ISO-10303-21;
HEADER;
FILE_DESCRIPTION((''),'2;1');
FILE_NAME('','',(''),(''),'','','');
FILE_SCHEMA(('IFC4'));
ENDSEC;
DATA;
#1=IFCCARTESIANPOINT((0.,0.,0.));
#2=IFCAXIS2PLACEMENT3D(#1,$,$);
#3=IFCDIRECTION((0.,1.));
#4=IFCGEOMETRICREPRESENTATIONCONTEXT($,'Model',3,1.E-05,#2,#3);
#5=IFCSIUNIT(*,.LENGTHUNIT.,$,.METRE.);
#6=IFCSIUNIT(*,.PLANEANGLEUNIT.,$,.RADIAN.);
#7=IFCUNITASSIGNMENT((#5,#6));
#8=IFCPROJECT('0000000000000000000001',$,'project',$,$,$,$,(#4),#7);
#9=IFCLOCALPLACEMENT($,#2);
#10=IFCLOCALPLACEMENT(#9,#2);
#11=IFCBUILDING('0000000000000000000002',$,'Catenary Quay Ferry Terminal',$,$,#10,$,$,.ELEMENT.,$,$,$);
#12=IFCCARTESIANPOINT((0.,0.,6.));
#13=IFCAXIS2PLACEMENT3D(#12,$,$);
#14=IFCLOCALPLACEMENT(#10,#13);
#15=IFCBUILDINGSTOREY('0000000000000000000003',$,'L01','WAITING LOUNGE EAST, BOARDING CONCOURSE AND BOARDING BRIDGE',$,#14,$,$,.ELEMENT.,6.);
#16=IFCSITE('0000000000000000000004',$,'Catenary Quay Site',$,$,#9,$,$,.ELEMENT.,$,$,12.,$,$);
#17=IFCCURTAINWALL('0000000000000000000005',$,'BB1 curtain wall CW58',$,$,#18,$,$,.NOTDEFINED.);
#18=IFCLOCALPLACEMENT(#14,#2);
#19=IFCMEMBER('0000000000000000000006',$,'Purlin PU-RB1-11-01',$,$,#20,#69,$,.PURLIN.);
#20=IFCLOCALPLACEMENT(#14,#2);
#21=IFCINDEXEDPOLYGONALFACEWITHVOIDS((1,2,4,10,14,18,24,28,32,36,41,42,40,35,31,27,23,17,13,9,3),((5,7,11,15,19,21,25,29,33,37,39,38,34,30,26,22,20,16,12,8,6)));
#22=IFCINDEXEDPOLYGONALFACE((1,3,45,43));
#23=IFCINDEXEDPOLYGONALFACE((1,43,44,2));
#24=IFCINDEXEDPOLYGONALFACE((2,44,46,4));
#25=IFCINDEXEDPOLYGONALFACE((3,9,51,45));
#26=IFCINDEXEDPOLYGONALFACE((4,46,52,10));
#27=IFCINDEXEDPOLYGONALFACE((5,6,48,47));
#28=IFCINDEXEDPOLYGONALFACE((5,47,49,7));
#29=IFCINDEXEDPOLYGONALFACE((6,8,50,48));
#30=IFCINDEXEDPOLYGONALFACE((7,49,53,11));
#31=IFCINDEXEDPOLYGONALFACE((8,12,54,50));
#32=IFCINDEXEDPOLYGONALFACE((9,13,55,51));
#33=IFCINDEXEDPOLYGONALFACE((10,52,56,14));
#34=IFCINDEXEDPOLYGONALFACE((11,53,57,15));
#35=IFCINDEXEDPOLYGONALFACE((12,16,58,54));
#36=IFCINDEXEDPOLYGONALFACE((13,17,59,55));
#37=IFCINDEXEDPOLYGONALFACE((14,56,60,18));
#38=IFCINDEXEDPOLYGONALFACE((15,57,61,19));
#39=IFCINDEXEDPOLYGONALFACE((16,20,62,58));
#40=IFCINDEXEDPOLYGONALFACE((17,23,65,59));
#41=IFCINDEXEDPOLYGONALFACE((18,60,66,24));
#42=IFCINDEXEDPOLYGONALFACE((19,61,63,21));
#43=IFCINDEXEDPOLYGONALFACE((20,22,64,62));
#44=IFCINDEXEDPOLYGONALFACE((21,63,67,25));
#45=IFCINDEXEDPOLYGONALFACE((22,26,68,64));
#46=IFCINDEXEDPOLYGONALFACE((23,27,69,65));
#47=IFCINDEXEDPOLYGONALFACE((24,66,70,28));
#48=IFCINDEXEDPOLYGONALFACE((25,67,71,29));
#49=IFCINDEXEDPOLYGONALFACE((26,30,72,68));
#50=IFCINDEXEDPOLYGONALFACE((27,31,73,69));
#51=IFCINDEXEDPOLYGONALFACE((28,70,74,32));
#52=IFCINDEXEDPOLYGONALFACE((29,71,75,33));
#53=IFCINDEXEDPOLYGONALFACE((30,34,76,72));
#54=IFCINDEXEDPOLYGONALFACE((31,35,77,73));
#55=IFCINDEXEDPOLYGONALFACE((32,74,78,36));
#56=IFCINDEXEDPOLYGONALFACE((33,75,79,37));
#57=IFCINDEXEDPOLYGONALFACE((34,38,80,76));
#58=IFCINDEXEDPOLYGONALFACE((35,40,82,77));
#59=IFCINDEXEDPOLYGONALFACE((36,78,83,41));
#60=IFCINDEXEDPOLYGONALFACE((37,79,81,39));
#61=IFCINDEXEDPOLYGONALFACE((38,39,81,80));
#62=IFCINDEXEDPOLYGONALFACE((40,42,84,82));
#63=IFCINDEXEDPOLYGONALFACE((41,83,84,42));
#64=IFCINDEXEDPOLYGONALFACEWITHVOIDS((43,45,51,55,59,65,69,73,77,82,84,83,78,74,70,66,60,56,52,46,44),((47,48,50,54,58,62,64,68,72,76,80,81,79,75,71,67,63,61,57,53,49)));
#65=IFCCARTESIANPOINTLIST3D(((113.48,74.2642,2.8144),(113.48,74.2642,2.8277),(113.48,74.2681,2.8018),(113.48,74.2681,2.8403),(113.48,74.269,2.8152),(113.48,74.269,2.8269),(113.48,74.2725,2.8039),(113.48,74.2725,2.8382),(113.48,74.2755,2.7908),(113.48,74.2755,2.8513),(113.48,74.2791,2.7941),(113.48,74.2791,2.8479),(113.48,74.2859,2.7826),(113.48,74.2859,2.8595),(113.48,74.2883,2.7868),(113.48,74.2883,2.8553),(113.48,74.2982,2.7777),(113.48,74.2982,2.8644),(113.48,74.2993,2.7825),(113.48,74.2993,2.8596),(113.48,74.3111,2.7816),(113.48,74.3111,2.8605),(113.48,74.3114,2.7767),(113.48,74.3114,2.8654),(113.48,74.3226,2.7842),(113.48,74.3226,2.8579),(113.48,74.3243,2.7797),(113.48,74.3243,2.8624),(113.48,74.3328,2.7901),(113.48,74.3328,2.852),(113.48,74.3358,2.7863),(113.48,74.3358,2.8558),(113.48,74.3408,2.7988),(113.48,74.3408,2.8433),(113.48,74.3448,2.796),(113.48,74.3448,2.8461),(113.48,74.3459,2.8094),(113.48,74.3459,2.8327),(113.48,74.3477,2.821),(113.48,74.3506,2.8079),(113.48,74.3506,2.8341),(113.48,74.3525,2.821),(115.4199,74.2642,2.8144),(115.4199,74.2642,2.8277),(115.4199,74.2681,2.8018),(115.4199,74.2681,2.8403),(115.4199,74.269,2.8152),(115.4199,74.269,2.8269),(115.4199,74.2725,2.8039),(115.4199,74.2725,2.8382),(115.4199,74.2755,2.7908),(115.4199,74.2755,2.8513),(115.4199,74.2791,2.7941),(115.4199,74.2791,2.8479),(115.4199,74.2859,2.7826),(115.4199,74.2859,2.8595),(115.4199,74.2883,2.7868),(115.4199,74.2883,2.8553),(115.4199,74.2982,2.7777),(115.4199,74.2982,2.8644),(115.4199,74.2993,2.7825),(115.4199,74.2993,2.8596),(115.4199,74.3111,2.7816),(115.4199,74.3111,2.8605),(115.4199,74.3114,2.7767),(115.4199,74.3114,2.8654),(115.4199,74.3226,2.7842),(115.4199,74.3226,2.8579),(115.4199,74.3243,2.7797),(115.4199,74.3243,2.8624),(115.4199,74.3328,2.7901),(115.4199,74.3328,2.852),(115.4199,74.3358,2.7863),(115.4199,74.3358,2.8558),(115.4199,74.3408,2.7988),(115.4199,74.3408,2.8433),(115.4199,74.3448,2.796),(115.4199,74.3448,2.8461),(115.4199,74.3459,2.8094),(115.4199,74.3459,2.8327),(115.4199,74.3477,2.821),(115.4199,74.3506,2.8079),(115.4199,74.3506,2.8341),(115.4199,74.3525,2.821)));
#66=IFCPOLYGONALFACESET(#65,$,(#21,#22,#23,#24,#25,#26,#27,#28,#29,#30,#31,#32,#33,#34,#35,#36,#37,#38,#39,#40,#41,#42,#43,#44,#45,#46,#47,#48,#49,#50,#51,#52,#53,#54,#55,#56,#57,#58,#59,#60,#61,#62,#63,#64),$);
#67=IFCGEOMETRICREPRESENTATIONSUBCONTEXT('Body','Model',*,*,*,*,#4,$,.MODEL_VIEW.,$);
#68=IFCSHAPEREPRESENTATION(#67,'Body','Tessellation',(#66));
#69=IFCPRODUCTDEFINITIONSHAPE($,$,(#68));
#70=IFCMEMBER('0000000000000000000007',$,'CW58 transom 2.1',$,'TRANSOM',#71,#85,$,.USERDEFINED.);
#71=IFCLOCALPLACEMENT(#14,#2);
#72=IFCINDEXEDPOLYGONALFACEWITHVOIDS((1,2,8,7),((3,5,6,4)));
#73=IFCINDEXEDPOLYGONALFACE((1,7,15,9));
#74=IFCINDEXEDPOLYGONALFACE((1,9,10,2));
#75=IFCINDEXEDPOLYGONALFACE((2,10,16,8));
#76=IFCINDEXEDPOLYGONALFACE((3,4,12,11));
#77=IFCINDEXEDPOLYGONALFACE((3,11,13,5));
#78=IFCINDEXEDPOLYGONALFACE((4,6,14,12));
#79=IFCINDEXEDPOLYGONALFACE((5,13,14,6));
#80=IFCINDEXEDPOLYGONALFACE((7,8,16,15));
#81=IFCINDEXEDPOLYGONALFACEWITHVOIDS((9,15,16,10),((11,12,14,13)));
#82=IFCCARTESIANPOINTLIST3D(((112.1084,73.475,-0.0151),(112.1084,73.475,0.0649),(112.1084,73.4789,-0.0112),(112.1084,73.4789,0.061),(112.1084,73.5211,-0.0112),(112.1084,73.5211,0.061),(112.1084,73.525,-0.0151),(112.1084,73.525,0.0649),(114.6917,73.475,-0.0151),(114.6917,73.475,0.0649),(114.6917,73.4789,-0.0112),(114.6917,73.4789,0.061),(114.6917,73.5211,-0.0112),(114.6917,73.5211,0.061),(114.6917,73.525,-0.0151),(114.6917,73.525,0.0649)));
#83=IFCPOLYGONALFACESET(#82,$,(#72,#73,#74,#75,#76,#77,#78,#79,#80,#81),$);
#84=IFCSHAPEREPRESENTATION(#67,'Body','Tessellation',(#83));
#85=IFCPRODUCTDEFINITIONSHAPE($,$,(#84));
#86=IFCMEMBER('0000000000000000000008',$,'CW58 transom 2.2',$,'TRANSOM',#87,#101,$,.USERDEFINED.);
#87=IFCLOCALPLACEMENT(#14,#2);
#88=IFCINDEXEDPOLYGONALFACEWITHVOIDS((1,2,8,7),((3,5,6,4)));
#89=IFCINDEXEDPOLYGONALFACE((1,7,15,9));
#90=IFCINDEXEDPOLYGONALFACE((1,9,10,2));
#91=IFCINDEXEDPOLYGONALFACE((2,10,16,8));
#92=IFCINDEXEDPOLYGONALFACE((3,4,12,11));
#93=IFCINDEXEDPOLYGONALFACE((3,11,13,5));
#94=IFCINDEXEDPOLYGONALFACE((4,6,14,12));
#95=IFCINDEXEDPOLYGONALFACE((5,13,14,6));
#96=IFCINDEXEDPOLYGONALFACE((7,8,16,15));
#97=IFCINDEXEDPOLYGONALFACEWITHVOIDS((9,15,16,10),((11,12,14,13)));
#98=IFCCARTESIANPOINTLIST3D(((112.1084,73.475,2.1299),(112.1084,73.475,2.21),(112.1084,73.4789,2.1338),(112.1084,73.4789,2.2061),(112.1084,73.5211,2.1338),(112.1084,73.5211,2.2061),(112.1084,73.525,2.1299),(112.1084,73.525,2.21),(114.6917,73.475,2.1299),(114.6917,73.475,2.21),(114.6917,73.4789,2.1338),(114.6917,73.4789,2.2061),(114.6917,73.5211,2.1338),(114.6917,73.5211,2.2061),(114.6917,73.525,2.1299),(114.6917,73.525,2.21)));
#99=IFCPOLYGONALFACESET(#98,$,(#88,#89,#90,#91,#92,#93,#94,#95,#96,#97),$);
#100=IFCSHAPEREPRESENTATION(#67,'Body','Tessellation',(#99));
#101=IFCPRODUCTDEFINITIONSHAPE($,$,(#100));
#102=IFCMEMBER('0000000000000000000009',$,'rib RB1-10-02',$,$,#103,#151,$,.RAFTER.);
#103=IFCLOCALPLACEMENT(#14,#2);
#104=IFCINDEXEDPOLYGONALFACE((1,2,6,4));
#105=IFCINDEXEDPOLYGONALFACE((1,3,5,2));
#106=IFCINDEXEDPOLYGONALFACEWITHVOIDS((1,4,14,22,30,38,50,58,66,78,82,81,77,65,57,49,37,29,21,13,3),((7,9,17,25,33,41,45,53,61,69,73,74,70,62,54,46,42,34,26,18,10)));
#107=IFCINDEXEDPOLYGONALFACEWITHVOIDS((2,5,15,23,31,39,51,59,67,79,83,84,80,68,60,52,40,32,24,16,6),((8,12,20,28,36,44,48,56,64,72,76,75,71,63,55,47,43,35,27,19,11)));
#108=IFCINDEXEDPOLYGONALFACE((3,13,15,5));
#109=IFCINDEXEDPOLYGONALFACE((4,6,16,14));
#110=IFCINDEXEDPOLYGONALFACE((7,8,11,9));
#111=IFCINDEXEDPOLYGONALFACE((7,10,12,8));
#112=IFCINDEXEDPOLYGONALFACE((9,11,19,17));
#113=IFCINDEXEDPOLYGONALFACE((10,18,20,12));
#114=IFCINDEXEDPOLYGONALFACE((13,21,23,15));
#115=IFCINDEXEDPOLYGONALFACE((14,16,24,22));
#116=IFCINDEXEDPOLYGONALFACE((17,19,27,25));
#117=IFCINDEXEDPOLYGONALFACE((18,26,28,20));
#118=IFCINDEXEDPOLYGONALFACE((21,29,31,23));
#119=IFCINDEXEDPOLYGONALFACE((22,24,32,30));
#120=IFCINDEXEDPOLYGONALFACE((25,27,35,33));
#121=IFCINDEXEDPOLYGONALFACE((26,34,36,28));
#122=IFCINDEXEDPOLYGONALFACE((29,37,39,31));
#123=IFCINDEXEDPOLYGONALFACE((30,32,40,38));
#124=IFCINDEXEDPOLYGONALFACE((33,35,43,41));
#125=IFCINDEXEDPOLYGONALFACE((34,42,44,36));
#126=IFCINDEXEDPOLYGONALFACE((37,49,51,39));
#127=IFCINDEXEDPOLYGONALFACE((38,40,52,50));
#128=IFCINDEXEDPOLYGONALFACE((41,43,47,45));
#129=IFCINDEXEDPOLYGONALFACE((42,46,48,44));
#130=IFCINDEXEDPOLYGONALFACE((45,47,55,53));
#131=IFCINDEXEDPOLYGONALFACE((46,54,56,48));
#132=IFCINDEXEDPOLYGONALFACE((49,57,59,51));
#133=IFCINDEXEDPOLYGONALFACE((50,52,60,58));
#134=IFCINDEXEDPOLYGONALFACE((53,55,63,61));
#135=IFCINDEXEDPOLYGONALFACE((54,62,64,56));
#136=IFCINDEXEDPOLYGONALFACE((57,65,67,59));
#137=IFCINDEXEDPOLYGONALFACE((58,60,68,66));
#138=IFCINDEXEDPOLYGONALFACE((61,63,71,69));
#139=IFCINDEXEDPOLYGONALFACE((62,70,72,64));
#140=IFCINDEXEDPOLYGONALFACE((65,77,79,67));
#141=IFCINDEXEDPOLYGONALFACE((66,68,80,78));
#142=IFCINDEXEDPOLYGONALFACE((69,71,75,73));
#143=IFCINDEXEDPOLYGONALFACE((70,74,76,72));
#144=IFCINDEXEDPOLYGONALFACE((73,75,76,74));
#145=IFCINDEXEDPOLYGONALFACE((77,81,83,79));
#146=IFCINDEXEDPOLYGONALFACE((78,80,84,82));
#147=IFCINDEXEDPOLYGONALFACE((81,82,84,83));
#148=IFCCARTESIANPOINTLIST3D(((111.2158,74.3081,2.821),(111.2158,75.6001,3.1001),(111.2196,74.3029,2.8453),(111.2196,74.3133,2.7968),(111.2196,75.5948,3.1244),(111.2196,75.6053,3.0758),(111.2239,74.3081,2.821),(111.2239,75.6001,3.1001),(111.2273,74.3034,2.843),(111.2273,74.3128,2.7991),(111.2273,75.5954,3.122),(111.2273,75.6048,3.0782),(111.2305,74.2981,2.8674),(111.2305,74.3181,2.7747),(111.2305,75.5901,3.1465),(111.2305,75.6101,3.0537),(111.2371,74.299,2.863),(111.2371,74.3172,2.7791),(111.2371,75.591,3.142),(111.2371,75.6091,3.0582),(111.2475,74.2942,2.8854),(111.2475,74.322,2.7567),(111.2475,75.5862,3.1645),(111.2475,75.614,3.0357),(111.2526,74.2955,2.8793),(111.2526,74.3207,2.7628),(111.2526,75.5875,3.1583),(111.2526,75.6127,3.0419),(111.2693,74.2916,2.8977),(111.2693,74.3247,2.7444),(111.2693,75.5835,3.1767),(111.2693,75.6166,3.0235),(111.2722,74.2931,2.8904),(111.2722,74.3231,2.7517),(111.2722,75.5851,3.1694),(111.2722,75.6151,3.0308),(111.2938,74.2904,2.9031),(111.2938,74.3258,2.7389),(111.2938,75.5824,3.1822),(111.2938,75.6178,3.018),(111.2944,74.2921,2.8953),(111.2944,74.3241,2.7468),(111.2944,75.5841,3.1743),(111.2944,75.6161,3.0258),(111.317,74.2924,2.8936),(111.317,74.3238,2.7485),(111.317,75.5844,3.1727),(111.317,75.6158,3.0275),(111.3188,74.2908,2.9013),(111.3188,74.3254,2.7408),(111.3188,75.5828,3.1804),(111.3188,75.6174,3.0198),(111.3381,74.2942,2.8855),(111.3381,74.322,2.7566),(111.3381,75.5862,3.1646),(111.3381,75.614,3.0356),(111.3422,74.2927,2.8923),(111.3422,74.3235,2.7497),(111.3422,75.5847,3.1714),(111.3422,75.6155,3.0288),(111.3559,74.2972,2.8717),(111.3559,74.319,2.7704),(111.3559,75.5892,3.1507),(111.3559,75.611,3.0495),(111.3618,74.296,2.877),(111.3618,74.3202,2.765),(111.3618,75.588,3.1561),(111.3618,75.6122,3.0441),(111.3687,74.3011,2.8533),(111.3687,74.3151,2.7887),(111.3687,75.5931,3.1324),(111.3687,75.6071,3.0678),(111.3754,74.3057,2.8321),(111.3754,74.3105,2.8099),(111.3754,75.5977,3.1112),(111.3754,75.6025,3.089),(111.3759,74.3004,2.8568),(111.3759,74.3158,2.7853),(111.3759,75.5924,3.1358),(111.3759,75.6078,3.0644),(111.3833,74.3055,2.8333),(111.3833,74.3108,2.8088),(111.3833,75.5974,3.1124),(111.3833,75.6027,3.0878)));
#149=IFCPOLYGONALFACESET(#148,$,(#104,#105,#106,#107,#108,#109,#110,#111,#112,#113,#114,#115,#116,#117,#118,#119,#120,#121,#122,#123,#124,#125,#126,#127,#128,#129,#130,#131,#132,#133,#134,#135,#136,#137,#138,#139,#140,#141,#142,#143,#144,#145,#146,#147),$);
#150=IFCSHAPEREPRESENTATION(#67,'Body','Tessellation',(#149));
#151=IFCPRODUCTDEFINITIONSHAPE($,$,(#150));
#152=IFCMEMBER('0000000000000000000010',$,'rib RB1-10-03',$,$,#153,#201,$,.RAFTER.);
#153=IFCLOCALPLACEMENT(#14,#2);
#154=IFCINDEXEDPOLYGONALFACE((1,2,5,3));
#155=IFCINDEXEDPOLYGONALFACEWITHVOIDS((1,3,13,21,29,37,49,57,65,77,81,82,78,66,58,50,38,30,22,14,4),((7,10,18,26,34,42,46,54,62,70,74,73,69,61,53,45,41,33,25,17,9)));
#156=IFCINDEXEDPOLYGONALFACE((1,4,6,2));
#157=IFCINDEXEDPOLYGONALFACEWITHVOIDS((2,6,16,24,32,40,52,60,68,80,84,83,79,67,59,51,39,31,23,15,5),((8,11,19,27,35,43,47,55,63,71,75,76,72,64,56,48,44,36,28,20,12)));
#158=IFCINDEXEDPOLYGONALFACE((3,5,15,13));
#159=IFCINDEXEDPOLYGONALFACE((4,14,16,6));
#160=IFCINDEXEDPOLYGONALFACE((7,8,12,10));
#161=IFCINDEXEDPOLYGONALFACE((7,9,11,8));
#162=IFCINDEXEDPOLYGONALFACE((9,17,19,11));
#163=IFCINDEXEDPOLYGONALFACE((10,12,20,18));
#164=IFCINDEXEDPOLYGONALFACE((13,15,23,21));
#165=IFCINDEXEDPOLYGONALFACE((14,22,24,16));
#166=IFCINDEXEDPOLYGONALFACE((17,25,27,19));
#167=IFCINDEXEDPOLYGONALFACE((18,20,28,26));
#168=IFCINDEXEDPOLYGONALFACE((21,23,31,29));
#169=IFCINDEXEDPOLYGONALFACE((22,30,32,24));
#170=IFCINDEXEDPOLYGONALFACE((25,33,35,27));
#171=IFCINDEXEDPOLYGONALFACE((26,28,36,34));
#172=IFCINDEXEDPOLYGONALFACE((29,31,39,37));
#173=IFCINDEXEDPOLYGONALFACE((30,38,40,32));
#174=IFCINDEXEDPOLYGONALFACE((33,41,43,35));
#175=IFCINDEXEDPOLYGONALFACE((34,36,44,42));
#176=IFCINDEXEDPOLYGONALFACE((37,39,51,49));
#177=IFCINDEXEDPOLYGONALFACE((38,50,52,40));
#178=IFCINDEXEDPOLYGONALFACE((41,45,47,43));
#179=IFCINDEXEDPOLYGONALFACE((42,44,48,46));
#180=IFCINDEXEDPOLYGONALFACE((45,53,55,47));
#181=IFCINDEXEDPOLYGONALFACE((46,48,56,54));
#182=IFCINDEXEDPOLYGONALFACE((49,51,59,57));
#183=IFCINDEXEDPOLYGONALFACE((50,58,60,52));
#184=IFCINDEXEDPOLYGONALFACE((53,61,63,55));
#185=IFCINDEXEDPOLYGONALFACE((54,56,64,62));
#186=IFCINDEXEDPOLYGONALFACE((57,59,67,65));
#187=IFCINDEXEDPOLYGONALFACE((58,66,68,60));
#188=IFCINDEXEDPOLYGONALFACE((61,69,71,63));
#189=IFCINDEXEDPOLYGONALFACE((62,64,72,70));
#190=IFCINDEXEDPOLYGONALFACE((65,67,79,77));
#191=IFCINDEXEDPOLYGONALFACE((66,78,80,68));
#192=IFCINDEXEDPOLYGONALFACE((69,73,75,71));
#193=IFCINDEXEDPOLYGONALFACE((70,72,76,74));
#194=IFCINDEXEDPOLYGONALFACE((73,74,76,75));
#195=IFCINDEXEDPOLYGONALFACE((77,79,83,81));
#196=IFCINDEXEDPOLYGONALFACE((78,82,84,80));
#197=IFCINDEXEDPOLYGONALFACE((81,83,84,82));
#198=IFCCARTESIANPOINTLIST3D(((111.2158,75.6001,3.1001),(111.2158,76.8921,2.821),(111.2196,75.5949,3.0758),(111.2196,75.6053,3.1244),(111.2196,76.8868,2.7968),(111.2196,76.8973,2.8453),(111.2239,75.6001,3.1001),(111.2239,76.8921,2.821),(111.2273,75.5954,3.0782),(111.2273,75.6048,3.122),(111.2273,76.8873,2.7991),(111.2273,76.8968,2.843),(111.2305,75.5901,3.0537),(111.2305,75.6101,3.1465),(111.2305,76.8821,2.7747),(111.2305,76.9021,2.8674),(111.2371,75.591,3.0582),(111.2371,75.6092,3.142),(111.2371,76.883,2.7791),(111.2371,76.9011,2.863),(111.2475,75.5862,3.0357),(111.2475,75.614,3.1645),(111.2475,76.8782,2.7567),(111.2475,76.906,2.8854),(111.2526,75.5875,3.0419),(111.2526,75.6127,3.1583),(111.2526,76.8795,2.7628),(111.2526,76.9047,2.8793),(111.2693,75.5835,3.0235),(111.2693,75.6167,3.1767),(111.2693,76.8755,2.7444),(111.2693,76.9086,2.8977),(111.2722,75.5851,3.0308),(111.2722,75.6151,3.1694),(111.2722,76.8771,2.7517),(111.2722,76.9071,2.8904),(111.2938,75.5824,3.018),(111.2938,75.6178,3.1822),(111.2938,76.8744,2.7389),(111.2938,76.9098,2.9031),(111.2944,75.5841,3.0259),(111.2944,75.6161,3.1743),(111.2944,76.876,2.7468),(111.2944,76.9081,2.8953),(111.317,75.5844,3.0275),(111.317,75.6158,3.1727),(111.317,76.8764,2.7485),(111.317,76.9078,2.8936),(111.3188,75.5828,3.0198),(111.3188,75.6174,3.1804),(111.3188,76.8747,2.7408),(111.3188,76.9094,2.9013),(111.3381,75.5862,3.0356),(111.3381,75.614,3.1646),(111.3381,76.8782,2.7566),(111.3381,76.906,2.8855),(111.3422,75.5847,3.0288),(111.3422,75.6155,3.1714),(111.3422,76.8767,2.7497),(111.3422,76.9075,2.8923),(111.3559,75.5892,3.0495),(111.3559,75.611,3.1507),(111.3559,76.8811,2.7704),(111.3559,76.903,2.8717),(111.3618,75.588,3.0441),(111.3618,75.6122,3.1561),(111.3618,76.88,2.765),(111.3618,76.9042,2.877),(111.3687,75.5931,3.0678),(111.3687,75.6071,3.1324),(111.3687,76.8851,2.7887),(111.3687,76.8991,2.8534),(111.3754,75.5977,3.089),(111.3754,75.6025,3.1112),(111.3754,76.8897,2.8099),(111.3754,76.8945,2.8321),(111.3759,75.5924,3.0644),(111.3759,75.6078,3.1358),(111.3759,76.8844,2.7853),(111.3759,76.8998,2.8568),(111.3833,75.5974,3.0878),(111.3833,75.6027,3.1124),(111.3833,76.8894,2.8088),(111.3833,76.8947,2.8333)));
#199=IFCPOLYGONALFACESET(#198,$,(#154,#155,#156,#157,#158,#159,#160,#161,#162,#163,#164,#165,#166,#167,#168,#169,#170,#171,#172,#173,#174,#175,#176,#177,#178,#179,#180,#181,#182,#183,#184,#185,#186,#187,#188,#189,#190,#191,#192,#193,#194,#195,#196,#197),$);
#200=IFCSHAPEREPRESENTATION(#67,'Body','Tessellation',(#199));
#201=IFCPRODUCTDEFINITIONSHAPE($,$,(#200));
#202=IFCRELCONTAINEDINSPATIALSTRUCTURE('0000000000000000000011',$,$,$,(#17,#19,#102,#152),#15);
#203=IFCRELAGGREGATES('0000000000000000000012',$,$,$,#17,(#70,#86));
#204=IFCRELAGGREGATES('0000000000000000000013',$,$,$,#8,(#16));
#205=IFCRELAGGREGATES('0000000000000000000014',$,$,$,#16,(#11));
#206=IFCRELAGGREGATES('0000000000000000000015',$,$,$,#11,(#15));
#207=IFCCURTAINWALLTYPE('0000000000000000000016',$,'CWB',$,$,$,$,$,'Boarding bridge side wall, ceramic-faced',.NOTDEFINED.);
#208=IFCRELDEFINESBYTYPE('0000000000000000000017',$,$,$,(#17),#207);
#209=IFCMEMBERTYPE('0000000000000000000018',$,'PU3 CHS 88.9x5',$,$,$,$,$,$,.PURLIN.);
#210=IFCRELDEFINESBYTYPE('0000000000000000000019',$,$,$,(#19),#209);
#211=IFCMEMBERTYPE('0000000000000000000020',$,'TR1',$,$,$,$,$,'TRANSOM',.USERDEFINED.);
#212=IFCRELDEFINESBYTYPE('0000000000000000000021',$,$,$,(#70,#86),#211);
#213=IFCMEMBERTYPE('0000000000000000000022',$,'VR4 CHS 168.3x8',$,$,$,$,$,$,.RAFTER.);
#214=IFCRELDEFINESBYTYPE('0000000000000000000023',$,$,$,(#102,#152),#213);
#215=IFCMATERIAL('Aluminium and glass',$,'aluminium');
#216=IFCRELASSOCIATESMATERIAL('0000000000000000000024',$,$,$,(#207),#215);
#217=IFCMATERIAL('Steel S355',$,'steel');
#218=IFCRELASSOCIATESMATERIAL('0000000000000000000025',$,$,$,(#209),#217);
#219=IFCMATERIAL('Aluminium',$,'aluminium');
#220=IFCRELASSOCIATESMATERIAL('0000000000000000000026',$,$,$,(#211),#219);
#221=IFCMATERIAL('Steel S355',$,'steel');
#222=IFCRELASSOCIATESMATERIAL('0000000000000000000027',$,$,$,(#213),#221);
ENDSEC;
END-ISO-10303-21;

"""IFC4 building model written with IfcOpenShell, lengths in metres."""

from ifc_helpers import new_model, si_unit, direction, frame, origin, origin_2d, place, context, subcontext, project, spatial, hollow_rectangle, hollow_circle, extrude, material, material_profile, profile_set, type_object, element, aggregate, save


model = new_model("IFC4")

# Units and contexts
model_context = context("Model", 3, precision=1e-05, world=origin(), true_north=direction((0.0, 1.0)))
body_context = subcontext(model_context, "Body", "Model", "MODEL_VIEW")
ifc_project = project(units=[si_unit("LENGTHUNIT", "METRE"), si_unit("PLANEANGLEUNIT", "RADIAN")], contexts=[model_context])

# Site, building, storey
site_placement = place(None, origin())
site = spatial("IfcSite", under=ifc_project, at=site_placement, Name="Catenary Quay Site", CompositionType="ELEMENT", RefElevation=12.0)
building_placement = place(site_placement, origin())
building = spatial("IfcBuilding", under=site, at=building_placement, Name="Catenary Quay Ferry Terminal", CompositionType="ELEMENT")
storey_placement = place(building_placement, frame((0.0, 0.0, 6.0)))
storey = spatial("IfcBuildingStorey", under=building, at=storey_placement, Name="L01", Description="WAITING LOUNGE EAST, BOARDING CONCOURSE AND BOARDING BRIDGE", CompositionType="ELEMENT", Elevation=6.0)

# Curtain wall
ifc_material_1 = material(Name="Aluminium and glass", Category="aluminium")
curtain_wall_type = type_object("IfcCurtainWallType", Name="CWB", ElementType="Boarding bridge side wall, ceramic-faced", PredefinedType="NOTDEFINED", material=ifc_material_1)
curtain_wall_placement = place(storey_placement, origin())
curtain_wall = element("IfcCurtainWall", 1, at=curtain_wall_placement, inside=storey, type_object=curtain_wall_type, Name="BB1 curtain wall CW58", PredefinedType="NOTDEFINED")

# Member
ifc_material_2 = material(Name="Steel S355", Category="steel")
ifc_material_profile_1 = material_profile(ifc_material_2, hollow_circle(Radius=0.0444, WallThickness=0.0049, at=origin_2d()), Name="CHS 88.9x5")
ifc_profile_set_1 = profile_set([ifc_material_profile_1], Name="Steel S355")
member_type_1 = type_object("IfcMemberType", Name="PU3 CHS 88.9x5", PredefinedType="PURLIN", material=ifc_profile_set_1)
member_1_placement = place(storey_placement, frame((113.48, 74.3081, 2.821), z_axis=(1.0, 0.0, 0.0), x_axis=(0.0, 1.0, 0.0)))
element("IfcMember", 2, at=member_1_placement, inside=storey, type_object=member_type_1, Name="Purlin PU-RB1-11-01", PredefinedType="PURLIN", context=body_context, shape_type="SweptSolid", body=[
    extrude(hollow_circle(Radius=0.0444, WallThickness=0.0049, at=origin_2d()), origin(), (0.0, 0.0, 1.0), 1.9399),
])

# Members
ifc_material_3 = material(Name="Aluminium", Category="aluminium")
ifc_material_profile_2 = material_profile(ifc_material_3, hollow_rectangle(XDim=0.05, YDim=0.0801, WallThickness=0.0039, at=origin_2d()), Name="TR1")
ifc_profile_set_2 = profile_set([ifc_material_profile_2], Name="Aluminium")
member_type_2 = type_object("IfcMemberType", Name="TR1", ElementType="TRANSOM", PredefinedType="USERDEFINED", material=ifc_profile_set_2)
member_2_placement = place(storey_placement, frame((112.1084, 73.5, 0.0249), z_axis=(1.0, 0.0, 0.0), x_axis=(0.0, 1.0, 0.0)))
member_2 = element("IfcMember", 3, at=member_2_placement, type_object=member_type_2, Name="CW58 transom 2.1", ObjectType="TRANSOM", PredefinedType="USERDEFINED", context=body_context, shape_type="SweptSolid", body=[
    extrude(hollow_rectangle(XDim=0.05, YDim=0.0801, WallThickness=0.0039, at=origin_2d()), origin(), (0.0, 0.0, 1.0), 2.5833),
])
member_3_placement = place(storey_placement, frame((112.1084, 73.5, 2.1699), z_axis=(1.0, 0.0, 0.0), x_axis=(0.0, 1.0, 0.0)))
member_3 = element("IfcMember", 4, at=member_3_placement, type_object=member_type_2, Name="CW58 transom 2.2", ObjectType="TRANSOM", PredefinedType="USERDEFINED", context=body_context, shape_type="SweptSolid", body=[
    extrude(hollow_rectangle(XDim=0.05, YDim=0.0801, WallThickness=0.0039, at=origin_2d()), origin(), (0.0, 0.0, 1.0), 2.5833),
])

# Members
ifc_material_4 = material(Name="Steel S355", Category="steel")
ifc_material_profile_3 = material_profile(ifc_material_4, hollow_circle(Radius=0.0842, WallThickness=0.0081, at=origin_2d()), Name="CHS 168.3x8")
ifc_profile_set_3 = profile_set([ifc_material_profile_3], Name="Steel S355")
member_type_3 = type_object("IfcMemberType", Name="VR4 CHS 168.3x8", PredefinedType="RAFTER", material=ifc_profile_set_3)
for number, where, z_axis, x_axis, name in (
    (5, (111.3, 74.3081, 2.821), (0.0, 0.977461, 0.211118), (-1.0, 0.0, 0.0), "rib RB1-10-02"),
    (6, (111.3, 75.6001, 3.1001), (0.0, 0.977461, -0.211118), (-1.0, 0.0, 0.0), "rib RB1-10-03"),
):
    element("IfcMember", number, at=place(storey_placement, frame(where, z_axis=z_axis, x_axis=x_axis)), inside=storey, type_object=member_type_3, Name=name, PredefinedType="RAFTER", context=body_context, shape_type="SweptSolid", body=[
        extrude(hollow_circle(Radius=0.0842, WallThickness=0.0081, at=origin_2d()), origin(), (0.0, 0.0, 1.0), 1.3218),
    ])

aggregate(curtain_wall, [member_2, member_3])

save(model, "model.ifc")
